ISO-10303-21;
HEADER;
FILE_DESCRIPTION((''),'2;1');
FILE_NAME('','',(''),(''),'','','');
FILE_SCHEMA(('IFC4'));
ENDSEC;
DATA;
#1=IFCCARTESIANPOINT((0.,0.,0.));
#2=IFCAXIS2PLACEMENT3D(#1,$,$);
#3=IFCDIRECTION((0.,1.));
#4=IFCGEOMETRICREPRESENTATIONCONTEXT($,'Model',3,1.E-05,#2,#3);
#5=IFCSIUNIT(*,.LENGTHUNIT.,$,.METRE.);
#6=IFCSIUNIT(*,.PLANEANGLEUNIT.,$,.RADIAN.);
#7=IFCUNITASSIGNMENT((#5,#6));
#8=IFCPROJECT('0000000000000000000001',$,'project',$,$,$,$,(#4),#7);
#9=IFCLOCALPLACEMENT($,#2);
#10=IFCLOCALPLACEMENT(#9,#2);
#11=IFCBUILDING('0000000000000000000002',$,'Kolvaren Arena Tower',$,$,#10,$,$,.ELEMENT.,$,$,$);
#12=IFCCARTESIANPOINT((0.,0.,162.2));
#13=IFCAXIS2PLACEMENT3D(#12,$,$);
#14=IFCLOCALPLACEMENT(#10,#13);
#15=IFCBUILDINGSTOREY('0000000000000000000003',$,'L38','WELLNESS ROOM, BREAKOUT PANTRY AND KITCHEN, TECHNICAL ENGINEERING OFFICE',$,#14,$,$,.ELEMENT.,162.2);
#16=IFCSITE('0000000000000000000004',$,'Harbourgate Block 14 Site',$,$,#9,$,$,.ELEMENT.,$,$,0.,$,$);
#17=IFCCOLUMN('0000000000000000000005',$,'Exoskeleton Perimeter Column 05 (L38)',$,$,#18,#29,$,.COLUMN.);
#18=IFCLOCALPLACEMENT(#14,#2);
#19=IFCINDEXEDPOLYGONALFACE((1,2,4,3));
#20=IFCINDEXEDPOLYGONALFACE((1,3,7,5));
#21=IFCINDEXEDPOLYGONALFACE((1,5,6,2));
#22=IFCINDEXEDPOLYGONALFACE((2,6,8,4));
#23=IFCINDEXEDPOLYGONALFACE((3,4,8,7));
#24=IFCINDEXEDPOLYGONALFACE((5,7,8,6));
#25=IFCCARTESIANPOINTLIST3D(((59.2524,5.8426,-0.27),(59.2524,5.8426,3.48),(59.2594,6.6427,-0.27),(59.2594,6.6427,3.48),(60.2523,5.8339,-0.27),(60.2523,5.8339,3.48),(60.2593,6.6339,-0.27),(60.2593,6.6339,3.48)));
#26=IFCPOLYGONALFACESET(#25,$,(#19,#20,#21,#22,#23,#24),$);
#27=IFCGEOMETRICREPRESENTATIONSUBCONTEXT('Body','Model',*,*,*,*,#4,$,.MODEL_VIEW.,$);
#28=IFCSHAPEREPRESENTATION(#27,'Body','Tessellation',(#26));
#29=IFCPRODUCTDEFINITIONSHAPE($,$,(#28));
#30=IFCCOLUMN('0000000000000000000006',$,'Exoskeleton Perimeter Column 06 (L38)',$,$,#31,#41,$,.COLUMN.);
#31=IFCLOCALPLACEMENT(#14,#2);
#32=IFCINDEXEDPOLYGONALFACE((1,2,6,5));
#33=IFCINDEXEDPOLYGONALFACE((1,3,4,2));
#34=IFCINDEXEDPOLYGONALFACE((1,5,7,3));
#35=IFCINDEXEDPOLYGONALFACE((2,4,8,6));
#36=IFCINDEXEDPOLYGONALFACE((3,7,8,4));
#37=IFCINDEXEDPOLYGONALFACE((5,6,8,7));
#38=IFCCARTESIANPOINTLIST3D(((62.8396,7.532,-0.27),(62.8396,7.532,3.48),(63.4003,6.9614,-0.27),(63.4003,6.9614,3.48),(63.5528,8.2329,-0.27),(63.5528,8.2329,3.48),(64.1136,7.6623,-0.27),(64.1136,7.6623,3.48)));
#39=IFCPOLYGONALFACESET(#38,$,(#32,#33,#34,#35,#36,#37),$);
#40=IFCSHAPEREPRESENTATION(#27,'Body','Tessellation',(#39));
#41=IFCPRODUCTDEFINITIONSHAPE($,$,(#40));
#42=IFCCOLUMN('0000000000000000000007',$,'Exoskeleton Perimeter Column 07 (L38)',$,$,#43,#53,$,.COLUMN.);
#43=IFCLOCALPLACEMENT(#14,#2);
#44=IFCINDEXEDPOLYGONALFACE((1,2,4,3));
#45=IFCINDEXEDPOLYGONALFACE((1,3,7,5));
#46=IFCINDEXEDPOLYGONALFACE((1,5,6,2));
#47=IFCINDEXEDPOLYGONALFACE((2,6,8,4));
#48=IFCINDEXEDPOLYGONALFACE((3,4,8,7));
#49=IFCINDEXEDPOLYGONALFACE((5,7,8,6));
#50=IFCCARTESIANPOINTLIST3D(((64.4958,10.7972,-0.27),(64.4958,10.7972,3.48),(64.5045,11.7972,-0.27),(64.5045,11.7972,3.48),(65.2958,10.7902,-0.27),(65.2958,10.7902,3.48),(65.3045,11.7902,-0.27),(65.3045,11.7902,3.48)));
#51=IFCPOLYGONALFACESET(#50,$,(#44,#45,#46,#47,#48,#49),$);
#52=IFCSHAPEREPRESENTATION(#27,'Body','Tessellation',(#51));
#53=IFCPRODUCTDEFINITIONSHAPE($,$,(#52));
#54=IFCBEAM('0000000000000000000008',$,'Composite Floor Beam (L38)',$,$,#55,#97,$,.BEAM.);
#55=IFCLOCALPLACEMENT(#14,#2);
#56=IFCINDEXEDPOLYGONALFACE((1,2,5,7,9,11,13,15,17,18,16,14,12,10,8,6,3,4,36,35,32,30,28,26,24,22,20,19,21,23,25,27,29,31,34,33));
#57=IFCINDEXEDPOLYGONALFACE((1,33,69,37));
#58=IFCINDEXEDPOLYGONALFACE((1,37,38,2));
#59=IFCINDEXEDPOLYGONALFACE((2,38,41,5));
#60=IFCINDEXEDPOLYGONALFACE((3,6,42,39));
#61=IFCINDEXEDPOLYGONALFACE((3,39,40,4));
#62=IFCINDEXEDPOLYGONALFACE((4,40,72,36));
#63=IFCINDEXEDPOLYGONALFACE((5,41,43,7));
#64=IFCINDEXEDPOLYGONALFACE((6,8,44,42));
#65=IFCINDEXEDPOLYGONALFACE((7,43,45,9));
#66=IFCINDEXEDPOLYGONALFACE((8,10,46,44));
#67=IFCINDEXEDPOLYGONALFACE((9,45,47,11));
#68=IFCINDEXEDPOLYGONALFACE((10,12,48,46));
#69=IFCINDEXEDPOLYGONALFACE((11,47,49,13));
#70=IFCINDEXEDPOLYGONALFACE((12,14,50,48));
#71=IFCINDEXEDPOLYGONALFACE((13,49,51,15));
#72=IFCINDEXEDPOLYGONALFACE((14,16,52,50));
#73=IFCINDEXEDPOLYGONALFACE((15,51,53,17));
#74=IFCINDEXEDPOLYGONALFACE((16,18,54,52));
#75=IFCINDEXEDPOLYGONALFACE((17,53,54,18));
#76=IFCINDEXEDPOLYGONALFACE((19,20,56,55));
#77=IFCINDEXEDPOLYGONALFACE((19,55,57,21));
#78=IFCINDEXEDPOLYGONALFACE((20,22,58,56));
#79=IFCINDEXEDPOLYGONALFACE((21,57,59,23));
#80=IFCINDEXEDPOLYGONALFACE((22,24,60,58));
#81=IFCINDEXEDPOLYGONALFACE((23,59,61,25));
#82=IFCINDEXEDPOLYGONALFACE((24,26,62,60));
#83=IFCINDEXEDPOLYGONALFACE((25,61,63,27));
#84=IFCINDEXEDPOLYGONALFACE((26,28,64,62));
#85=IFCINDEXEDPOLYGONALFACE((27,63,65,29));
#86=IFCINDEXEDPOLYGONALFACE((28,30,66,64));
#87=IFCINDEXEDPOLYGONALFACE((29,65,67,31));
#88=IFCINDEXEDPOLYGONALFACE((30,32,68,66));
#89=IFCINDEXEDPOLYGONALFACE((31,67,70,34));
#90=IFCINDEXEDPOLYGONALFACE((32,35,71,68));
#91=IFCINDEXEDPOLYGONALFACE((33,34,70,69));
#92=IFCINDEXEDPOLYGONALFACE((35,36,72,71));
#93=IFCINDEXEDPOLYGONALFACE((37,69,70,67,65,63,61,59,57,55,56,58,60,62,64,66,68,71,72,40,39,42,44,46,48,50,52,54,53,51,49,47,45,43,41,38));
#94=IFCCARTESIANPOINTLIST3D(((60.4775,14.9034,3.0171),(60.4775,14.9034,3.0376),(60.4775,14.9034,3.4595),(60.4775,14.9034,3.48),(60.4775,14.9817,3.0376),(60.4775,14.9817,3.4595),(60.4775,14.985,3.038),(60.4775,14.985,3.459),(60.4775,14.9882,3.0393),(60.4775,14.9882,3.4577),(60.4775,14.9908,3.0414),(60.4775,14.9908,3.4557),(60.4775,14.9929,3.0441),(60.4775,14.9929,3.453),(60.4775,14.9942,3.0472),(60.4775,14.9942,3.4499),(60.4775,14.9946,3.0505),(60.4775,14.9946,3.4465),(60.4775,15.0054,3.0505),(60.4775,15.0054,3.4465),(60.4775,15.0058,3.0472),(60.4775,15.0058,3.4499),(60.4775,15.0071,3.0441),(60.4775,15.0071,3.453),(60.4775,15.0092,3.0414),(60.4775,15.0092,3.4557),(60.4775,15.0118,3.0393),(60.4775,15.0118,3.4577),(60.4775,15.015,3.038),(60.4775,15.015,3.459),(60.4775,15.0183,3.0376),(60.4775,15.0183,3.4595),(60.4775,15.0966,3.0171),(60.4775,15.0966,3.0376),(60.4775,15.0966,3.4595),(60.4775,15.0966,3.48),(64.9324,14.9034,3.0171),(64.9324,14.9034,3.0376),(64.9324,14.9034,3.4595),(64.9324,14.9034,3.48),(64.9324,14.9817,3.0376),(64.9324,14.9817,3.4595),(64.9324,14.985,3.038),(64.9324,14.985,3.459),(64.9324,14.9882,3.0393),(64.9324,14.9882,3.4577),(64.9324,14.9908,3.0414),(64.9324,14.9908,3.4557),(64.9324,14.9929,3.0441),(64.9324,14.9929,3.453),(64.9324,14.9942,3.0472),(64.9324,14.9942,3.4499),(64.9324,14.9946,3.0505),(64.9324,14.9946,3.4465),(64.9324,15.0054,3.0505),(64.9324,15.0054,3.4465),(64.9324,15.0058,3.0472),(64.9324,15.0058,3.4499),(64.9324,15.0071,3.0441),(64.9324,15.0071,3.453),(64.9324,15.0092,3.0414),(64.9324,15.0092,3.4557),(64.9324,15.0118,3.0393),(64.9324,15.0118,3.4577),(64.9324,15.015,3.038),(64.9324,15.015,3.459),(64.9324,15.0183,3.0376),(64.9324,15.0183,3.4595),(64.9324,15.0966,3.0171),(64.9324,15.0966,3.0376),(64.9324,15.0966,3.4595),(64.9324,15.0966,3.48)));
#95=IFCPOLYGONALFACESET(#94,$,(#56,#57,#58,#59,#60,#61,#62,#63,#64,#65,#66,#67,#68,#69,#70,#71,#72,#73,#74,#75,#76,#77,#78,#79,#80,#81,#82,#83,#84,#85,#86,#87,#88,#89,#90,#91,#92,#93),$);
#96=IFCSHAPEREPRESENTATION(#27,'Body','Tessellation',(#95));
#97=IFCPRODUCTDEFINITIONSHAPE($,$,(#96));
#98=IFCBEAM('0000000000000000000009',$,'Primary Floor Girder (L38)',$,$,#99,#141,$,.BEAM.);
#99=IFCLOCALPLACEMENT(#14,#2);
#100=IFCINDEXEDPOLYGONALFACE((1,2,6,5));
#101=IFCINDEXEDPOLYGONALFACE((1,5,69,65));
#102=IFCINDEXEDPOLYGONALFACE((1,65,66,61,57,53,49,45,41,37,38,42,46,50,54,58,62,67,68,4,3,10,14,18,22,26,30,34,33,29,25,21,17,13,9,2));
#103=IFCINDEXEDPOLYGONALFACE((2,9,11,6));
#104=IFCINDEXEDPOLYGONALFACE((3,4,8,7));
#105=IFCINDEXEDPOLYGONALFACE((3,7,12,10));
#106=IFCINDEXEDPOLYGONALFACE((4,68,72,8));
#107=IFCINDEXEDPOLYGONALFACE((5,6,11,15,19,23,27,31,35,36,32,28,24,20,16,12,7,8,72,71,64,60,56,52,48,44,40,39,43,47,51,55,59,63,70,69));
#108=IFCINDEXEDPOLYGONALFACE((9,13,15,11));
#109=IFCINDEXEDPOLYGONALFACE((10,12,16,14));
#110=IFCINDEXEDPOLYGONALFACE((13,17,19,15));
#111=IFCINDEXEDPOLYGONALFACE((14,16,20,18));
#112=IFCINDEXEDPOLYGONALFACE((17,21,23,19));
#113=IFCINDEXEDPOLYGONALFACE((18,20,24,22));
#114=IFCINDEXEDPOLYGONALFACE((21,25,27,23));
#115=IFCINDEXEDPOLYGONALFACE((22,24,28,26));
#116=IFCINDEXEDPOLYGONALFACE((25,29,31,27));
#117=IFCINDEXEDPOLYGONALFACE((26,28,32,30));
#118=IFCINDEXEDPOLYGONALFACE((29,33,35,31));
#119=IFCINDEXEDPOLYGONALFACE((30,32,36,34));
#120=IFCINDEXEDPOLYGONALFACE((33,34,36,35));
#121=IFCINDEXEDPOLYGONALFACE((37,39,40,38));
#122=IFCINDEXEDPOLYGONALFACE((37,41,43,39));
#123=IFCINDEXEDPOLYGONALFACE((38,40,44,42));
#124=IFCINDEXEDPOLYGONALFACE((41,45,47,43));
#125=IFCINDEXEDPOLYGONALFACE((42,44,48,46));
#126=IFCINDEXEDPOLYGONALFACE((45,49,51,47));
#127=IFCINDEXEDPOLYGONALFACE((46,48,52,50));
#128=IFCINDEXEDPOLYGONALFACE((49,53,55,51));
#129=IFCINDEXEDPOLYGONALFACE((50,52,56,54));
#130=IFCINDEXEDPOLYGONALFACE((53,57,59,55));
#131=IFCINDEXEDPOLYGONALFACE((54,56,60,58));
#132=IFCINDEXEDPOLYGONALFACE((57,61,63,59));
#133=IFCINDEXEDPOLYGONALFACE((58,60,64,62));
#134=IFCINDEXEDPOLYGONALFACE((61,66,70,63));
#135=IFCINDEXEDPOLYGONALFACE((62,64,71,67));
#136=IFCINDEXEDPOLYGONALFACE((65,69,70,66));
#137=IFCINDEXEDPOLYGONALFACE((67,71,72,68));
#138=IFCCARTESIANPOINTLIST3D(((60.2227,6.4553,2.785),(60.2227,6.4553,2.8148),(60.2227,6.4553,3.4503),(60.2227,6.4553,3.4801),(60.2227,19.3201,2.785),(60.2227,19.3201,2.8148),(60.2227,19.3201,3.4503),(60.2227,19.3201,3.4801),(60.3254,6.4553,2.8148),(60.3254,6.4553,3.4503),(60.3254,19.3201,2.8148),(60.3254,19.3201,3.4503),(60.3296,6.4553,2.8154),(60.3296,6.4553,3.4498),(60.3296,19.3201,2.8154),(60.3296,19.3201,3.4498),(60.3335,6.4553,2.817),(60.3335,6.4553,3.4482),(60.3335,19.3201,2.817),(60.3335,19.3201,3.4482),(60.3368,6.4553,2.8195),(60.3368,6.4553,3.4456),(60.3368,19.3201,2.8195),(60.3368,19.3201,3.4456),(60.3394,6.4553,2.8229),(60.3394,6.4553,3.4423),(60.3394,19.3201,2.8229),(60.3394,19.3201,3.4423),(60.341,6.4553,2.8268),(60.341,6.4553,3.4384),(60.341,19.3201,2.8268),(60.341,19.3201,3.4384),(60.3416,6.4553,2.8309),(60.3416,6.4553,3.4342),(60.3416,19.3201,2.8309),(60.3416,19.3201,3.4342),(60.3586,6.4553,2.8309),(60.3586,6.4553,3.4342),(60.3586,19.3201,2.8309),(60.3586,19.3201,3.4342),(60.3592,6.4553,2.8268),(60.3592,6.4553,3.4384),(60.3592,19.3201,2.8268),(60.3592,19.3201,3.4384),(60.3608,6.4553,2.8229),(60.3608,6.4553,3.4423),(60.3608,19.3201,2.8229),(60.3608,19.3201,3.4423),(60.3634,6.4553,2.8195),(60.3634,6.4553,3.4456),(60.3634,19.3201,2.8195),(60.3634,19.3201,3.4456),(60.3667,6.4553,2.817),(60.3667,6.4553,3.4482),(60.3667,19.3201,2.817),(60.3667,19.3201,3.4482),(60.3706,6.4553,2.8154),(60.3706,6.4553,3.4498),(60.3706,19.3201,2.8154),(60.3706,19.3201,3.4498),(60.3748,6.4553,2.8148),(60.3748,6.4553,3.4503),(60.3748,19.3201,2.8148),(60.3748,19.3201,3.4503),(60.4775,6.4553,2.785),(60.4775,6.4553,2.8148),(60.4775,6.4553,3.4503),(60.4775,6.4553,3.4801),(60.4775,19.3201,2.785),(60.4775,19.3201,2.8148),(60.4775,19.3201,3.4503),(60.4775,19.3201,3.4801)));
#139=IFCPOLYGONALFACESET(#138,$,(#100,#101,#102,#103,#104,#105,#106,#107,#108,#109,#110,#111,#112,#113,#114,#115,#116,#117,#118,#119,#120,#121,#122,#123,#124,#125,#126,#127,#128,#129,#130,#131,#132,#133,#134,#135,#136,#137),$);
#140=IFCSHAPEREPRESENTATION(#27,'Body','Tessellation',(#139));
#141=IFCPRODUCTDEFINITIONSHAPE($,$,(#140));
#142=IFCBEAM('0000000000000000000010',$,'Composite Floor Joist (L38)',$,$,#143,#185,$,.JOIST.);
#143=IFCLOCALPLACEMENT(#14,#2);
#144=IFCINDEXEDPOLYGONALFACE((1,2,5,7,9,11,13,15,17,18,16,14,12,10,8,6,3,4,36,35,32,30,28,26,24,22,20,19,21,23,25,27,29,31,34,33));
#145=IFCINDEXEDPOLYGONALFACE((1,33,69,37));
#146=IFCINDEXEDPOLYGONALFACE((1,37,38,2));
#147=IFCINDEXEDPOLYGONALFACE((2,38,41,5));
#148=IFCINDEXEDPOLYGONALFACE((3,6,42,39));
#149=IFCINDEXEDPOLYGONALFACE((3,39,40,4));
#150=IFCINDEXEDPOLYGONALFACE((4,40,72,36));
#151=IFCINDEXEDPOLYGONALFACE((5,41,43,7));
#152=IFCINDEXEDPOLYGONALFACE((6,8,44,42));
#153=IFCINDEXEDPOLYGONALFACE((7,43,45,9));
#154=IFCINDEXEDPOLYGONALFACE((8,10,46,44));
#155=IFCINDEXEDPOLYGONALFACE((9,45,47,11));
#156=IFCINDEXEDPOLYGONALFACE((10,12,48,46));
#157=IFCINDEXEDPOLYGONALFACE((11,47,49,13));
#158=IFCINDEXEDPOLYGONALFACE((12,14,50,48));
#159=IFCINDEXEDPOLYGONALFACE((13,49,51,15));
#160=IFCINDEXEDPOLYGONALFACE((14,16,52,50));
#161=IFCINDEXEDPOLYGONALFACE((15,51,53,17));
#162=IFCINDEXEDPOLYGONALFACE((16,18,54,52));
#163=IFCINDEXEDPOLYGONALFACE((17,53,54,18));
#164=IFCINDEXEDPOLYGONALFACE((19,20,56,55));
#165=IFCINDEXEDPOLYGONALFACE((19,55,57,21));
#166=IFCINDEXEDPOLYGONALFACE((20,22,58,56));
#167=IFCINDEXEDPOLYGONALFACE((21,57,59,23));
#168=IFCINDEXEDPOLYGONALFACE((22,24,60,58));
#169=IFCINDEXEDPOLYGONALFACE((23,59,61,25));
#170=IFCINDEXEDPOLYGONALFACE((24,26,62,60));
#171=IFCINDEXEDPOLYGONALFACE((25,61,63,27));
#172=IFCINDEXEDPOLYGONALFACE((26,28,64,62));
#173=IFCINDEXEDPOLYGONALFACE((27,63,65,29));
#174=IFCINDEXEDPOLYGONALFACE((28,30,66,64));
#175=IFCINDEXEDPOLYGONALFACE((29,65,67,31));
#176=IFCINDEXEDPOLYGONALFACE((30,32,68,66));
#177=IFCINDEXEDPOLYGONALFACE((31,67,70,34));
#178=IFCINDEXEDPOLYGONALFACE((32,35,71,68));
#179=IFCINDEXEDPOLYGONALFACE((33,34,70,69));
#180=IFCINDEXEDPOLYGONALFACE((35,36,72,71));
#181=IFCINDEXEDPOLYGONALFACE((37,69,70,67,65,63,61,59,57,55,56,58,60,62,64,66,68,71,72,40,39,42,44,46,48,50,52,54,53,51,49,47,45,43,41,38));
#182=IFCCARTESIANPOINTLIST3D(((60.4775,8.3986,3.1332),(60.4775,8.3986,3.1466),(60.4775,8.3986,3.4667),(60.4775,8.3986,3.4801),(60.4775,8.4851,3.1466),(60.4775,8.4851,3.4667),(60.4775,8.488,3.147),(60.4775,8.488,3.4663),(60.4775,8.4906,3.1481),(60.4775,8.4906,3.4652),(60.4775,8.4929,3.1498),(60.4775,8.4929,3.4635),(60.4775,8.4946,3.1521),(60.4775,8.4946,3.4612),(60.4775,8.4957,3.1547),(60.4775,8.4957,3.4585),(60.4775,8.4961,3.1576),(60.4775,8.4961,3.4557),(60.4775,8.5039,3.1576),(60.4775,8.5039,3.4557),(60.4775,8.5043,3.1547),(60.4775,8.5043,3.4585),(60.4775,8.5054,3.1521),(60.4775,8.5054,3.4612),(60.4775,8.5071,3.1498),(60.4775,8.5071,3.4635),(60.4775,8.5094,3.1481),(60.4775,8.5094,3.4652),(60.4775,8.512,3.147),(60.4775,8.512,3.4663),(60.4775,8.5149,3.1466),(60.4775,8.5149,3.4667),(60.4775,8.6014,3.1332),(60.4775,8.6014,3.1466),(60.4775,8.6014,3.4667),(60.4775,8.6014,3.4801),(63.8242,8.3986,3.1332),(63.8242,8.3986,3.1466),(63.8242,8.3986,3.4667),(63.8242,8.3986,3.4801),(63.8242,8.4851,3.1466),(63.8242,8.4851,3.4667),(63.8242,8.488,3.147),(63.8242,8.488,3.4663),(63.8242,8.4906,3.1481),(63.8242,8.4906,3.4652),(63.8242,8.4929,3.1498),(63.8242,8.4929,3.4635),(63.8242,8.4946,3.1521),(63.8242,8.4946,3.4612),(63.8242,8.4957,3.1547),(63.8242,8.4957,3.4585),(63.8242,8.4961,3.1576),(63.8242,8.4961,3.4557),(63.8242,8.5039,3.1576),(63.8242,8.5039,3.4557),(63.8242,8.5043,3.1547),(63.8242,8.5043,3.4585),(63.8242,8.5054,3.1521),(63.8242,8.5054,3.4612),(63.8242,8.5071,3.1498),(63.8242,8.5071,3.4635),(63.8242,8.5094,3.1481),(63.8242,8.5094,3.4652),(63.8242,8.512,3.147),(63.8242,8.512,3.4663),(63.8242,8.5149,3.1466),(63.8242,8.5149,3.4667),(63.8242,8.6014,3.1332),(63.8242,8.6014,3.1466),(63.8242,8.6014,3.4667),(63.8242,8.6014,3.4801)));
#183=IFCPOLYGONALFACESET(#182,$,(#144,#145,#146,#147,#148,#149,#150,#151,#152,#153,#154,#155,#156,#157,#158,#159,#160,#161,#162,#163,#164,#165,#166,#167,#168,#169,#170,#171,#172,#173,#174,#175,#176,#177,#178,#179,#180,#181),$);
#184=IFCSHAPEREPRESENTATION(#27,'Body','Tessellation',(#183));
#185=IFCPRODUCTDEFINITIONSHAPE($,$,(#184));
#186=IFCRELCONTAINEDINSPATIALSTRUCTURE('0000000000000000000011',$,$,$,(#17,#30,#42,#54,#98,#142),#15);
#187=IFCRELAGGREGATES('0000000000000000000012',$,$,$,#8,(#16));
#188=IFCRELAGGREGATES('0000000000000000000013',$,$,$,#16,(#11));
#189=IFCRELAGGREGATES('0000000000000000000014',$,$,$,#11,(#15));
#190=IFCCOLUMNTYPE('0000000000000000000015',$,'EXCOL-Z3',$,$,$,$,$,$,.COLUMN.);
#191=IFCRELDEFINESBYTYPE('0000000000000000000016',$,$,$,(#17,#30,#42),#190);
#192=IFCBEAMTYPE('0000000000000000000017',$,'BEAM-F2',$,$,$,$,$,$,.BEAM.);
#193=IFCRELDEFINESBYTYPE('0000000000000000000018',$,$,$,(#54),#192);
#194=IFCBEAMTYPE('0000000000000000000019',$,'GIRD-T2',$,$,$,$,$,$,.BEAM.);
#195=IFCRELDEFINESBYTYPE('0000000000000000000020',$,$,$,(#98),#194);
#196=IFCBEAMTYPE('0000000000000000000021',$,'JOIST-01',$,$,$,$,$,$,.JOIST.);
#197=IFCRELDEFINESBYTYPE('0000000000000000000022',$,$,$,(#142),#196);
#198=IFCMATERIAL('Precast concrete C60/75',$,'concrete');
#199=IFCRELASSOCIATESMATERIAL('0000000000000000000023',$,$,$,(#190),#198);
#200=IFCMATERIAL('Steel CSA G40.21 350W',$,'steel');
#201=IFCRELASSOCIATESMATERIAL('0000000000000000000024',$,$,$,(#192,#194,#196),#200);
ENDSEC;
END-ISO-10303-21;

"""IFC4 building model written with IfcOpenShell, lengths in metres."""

from ifc_helpers import new_model, si_unit, direction, frame, origin, origin_2d, place, context, subcontext, project, spatial, rectangle, i_section, extrude, material, material_profile, profile_set, type_object, element, save


model = new_model("IFC4")

# Units and contexts
model_context = context("Model", 3, precision=1e-05, world=origin(), true_north=direction((0.0, 1.0)))
body_context = subcontext(model_context, "Body", "Model", "MODEL_VIEW")
ifc_project = project(units=[si_unit("LENGTHUNIT", "METRE"), si_unit("PLANEANGLEUNIT", "RADIAN")], contexts=[model_context])

# Site, building, storey
site_placement = place(None, origin())
site = spatial("IfcSite", under=ifc_project, at=site_placement, Name="Harbourgate Block 14 Site", CompositionType="ELEMENT", RefElevation=0.0)
building_placement = place(site_placement, origin())
building = spatial("IfcBuilding", under=site, at=building_placement, Name="Kolvaren Arena Tower", CompositionType="ELEMENT")
storey_placement = place(building_placement, frame((0.0, 0.0, 162.2)))
storey = spatial("IfcBuildingStorey", under=building, at=storey_placement, Name="L38", Description="WELLNESS ROOM, BREAKOUT PANTRY AND KITCHEN, TECHNICAL ENGINEERING OFFICE", CompositionType="ELEMENT", Elevation=162.2)

# Columns
ifc_material_1 = material(Name="Precast concrete C60/75", Category="concrete")
ifc_material_profile_1 = material_profile(ifc_material_1, rectangle(XDim=1.0, YDim=0.8, at=origin_2d()), Name="RC-1000x800")
ifc_profile_set_1 = profile_set([ifc_material_profile_1], Name="Precast concrete C60/75")
column_type = type_object("IfcColumnType", Name="EXCOL-Z3", PredefinedType="COLUMN", material=ifc_profile_set_1)
for number, where, z_axis, x_axis, name in (
    (1, (59.7559, 6.2383, -0.27), (0.0, 0.0, 1.0), (0.999962, -0.008727, 0.0), "Exoskeleton Perimeter Column 05 (L38)"),
    (2, (63.4766, 7.5972, -0.27), (0.0, 0.0, 1.0), (0.71325, 0.700909, 0.0), "Exoskeleton Perimeter Column 06 (L38)"),
    (3, (64.9001, 11.2937, -0.27), (0.0, 0.0, 1.0), (0.008727, 0.999962, 0.0), "Exoskeleton Perimeter Column 07 (L38)"),
):
    element("IfcColumn", number, at=place(storey_placement, frame(where, z_axis=z_axis, x_axis=x_axis)), inside=storey, type_object=column_type, Name=name, PredefinedType="COLUMN", context=body_context, shape_type="SweptSolid", body=[
        extrude(rectangle(XDim=1.0, YDim=0.8, at=origin_2d()), origin(), (0.0, 0.0, 1.0), 3.75),
    ])

# Beams
ifc_material_2 = material(Name="Steel CSA G40.21 350W", Category="steel")
ifc_material_profile_2 = material_profile(ifc_material_2, i_section(OverallWidth=0.1931, OverallDepth=0.4629, WebThickness=0.0107, FlangeThickness=0.0205, FilletRadius=0.0129, at=origin_2d()), Name="W460x113")
ifc_profile_set_2 = profile_set([ifc_material_profile_2], Name="Steel CSA G40.21 350W")
beam_type_1 = type_object("IfcBeamType", Name="BEAM-F2", PredefinedType="BEAM", material=ifc_profile_set_2)
beam_1_placement = place(storey_placement, frame((60.4775, 15.0, 3.2485), z_axis=(1.0, 0.0, 0.0), x_axis=(0.0, 1.0, 0.0)))
element("IfcBeam", 4, at=beam_1_placement, inside=storey, type_object=beam_type_1, Name="Composite Floor Beam (L38)", PredefinedType="BEAM", context=body_context, shape_type="SweptSolid", body=[
    extrude(i_section(OverallWidth=0.1931, OverallDepth=0.4629, WebThickness=0.0107, FlangeThickness=0.0205, FilletRadius=0.0129, at=origin_2d()), origin(), (0.0, 0.0, 1.0), 4.4548),
])
ifc_material_profile_3 = material_profile(ifc_material_2, i_section(OverallWidth=0.2549, OverallDepth=0.6951, WebThickness=0.0171, FlangeThickness=0.0298, FilletRadius=0.0161, at=origin_2d()), Name="W690x217")
ifc_profile_set_3 = profile_set([ifc_material_profile_3], Name="Steel CSA G40.21 350W")
beam_type_2 = type_object("IfcBeamType", Name="GIRD-T2", PredefinedType="BEAM", material=ifc_profile_set_3)
beam_2_placement = place(storey_placement, frame((60.3501, 6.4553, 3.1326), z_axis=(0.0, 1.0, 0.0), x_axis=(-1.0, 0.0, 0.0)))
element("IfcBeam", 5, at=beam_2_placement, inside=storey, type_object=beam_type_2, Name="Primary Floor Girder (L38)", PredefinedType="BEAM", context=body_context, shape_type="SweptSolid", body=[
    extrude(i_section(OverallWidth=0.2549, OverallDepth=0.6951, WebThickness=0.0171, FlangeThickness=0.0298, FilletRadius=0.0161, at=origin_2d()), origin(), (0.0, 0.0, 1.0), 12.8647),
])
ifc_material_profile_4 = material_profile(ifc_material_2, i_section(OverallWidth=0.2029, OverallDepth=0.3469, WebThickness=0.0078, FlangeThickness=0.0134, FilletRadius=0.011, at=origin_2d()), Name="W360x64")
ifc_profile_set_4 = profile_set([ifc_material_profile_4], Name="Steel CSA G40.21 350W")
beam_type_3 = type_object("IfcBeamType", Name="JOIST-01", PredefinedType="JOIST", material=ifc_profile_set_4)
beam_3_placement = place(storey_placement, frame((60.4775, 8.5, 3.3066), z_axis=(1.0, 0.0, 0.0), x_axis=(0.0, 1.0, 0.0)))
element("IfcBeam", 6, at=beam_3_placement, inside=storey, type_object=beam_type_3, Name="Composite Floor Joist (L38)", PredefinedType="JOIST", context=body_context, shape_type="SweptSolid", body=[
    extrude(i_section(OverallWidth=0.2029, OverallDepth=0.3469, WebThickness=0.0078, FlangeThickness=0.0134, FilletRadius=0.011, at=origin_2d()), origin(), (0.0, 0.0, 1.0), 3.3467),
])

save(model, "model.ifc")
